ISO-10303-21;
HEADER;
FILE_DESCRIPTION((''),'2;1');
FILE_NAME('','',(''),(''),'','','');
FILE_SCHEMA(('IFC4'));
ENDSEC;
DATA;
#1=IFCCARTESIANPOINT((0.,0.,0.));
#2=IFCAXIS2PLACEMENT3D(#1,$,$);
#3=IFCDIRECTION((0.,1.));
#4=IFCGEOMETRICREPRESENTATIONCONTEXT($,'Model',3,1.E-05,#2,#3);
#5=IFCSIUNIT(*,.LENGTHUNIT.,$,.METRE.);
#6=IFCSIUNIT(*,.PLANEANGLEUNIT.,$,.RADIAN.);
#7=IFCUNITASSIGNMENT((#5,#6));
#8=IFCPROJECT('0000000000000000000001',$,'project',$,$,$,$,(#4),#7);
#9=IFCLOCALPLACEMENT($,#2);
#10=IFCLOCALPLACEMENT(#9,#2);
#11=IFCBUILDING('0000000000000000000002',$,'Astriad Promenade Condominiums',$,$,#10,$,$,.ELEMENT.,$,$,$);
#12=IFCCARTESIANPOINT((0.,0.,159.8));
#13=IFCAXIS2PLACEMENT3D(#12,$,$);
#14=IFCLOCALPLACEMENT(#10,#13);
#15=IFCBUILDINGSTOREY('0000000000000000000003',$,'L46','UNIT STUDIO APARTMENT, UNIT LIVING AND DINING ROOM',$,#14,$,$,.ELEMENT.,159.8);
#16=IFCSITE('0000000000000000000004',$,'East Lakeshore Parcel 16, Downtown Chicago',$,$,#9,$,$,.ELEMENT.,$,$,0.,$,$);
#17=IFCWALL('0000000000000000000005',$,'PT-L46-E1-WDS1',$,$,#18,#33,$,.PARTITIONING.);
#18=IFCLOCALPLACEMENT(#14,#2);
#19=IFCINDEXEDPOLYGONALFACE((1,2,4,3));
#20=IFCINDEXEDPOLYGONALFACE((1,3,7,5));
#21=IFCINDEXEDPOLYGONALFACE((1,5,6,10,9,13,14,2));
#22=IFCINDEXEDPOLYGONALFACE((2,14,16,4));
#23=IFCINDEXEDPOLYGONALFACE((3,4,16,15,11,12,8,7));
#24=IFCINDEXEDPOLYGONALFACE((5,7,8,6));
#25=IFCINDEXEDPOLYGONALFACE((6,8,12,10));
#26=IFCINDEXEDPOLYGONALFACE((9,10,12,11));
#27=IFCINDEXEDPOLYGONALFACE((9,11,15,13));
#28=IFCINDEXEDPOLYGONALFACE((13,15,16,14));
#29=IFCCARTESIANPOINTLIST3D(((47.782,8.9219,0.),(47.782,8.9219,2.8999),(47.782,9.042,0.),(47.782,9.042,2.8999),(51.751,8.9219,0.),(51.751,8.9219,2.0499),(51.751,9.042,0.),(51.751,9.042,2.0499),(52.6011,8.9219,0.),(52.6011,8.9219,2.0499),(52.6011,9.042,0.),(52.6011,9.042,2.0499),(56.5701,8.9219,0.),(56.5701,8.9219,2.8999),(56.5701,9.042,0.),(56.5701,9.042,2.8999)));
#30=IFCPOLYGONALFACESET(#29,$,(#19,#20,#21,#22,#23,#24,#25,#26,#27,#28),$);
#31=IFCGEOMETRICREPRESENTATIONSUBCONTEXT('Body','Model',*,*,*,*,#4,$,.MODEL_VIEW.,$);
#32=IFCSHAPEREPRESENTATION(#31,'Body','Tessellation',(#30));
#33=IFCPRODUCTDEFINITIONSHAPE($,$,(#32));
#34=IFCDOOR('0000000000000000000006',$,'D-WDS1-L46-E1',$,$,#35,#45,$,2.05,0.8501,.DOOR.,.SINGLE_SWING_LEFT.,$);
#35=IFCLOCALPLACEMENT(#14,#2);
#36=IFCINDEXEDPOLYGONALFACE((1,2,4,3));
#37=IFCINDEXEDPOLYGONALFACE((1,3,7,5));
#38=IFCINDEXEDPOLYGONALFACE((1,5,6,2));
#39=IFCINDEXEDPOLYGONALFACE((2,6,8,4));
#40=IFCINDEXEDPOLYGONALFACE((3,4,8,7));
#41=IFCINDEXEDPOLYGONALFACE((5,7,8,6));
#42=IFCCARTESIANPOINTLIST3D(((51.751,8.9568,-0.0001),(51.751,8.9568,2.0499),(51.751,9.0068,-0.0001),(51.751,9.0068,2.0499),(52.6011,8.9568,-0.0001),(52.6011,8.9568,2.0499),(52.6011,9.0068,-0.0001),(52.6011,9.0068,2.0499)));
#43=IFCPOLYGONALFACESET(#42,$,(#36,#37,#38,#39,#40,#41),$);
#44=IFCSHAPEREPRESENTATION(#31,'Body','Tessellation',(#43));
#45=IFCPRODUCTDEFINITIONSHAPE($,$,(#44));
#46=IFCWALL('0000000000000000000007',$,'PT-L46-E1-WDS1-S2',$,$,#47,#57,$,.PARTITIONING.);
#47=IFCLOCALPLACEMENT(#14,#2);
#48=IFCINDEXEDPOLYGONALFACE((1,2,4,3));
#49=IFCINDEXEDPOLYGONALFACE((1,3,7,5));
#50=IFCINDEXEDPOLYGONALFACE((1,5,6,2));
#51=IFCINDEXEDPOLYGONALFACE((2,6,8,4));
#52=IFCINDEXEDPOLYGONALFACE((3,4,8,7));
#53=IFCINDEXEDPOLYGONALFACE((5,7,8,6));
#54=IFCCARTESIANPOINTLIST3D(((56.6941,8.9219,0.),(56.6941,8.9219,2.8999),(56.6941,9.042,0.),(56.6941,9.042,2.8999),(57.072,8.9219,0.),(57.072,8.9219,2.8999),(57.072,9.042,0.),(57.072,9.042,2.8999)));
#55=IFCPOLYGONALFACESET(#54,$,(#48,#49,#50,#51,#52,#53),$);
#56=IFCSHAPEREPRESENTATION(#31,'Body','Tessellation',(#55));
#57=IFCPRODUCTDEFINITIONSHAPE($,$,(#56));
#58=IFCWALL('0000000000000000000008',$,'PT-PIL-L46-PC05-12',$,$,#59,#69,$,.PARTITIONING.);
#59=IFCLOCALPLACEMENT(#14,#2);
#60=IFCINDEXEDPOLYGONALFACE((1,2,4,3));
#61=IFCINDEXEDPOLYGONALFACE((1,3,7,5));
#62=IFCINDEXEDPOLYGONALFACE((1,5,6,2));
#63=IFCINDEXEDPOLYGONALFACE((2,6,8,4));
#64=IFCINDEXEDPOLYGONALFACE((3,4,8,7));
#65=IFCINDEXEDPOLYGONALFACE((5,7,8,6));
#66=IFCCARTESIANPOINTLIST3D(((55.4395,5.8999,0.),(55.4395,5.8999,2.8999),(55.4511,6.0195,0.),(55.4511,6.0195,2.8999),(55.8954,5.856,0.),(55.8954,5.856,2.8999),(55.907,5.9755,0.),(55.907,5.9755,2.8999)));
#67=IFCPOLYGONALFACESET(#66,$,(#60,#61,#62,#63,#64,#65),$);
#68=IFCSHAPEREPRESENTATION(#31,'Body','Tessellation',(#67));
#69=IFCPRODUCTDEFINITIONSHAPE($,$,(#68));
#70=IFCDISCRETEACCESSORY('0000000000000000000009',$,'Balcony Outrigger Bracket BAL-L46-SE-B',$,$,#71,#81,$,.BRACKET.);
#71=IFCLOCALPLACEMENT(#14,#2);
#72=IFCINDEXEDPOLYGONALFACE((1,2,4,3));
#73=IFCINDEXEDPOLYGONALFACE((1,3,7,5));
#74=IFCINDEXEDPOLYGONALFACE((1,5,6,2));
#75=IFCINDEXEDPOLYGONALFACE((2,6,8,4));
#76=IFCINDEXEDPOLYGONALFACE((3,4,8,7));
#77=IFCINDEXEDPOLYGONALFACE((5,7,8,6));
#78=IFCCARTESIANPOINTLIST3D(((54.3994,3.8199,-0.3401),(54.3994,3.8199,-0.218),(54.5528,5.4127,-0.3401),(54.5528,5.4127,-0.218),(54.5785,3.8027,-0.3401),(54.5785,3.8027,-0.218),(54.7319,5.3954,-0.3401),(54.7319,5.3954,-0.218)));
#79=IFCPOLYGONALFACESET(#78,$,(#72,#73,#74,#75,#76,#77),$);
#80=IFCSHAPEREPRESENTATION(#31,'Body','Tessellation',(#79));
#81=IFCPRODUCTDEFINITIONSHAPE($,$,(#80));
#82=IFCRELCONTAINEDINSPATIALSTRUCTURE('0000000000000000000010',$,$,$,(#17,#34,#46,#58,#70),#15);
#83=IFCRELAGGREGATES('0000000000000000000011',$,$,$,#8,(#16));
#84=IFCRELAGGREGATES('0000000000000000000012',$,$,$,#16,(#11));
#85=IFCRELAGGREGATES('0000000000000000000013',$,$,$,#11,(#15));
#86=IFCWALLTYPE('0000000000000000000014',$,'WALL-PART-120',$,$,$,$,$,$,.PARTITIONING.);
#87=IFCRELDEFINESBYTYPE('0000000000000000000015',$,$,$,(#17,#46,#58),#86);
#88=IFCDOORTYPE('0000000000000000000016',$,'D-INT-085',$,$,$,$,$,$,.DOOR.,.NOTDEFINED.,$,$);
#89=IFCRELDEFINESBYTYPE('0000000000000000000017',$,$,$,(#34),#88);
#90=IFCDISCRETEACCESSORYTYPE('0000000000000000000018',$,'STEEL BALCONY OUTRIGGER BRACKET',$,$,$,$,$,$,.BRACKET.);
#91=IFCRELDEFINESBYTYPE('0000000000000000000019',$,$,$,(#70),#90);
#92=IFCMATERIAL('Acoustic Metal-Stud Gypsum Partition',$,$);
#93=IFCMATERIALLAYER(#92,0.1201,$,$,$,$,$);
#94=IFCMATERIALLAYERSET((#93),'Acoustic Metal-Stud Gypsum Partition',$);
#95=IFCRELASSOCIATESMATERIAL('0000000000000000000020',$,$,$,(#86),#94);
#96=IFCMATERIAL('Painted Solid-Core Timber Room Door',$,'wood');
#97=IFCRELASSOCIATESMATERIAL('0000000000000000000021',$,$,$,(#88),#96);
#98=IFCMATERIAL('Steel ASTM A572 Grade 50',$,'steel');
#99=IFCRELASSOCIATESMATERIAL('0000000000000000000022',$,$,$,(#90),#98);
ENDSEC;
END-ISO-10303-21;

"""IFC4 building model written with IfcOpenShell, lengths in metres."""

from ifc_helpers import new_model, si_unit, direction, frame, frame_2d, origin, origin_2d, place, context, subcontext, project, spatial, rectangle, extrude, source, transform, mapped, material, layer, layer_set, type_object, type_shapes, element, fill, save


model = new_model("IFC4")

# Units and contexts
model_context = context("Model", 3, precision=1e-05, world=origin(), true_north=direction((0.0, 1.0)))
body_context = subcontext(model_context, "Body", "Model", "MODEL_VIEW")
ifc_project = project(units=[si_unit("LENGTHUNIT", "METRE"), si_unit("PLANEANGLEUNIT", "RADIAN")], contexts=[model_context])

# Site, building, storey
site_placement = place(None, origin())
site = spatial("IfcSite", under=ifc_project, at=site_placement, Name="East Lakeshore Parcel 16, Downtown Chicago", CompositionType="ELEMENT", RefElevation=0.0)
building_placement = place(site_placement, origin())
building = spatial("IfcBuilding", under=site, at=building_placement, Name="Astriad Promenade Condominiums", CompositionType="ELEMENT")
storey_placement = place(building_placement, frame((0.0, 0.0, 159.8)))
storey = spatial("IfcBuildingStorey", under=building, at=storey_placement, Name="L46", Description="UNIT STUDIO APARTMENT, UNIT LIVING AND DINING ROOM", CompositionType="ELEMENT", Elevation=159.8)

# Wall, opening, door
ifc_material_1 = material(Name="Acoustic Metal-Stud Gypsum Partition")
ifc_layer_1 = layer(ifc_material_1, 0.1201)
ifc_layer_set_1 = layer_set([ifc_layer_1], Name="Acoustic Metal-Stud Gypsum Partition")
wall_type_1 = type_object("IfcWallType", Name="WALL-PART-120", PredefinedType="PARTITIONING", material=ifc_layer_set_1)
ifc_material_2 = material(Name="Painted Solid-Core Timber Room Door", Category="wood")
door_type_1 = type_object("IfcDoorType", Name="D-INT-085", OperationType="NOTDEFINED", PredefinedType="DOOR", material=ifc_material_2)
shared_shape_1 = source(origin(), body_context, "Body", "SweptSolid", [
    extrude(rectangle(XDim=0.8501, YDim=2.05, at=frame_2d((0.425, 1.0249))), frame((0.0, 0.0249, 0.0), z_axis=(0.0, -1.0, 0.0), x_axis=(1.0, 0.0, 0.0)), (0.0, 0.0, 1.0), 0.05),
])
type_shapes(door_type_1, [shared_shape_1])
wall_1_placement = place(storey_placement, frame((47.782, 8.9819, 0.0), z_axis=(0.0, 0.0, 1.0), x_axis=(1.0, 0.0, 0.0)))
wall_1 = element("IfcWall", 1, at=wall_1_placement, inside=storey, type_object=wall_type_1, Name="PT-L46-E1-WDS1", PredefinedType="PARTITIONING", context=body_context, shape_type="SweptSolid", body=[
    extrude(rectangle(XDim=8.7881, YDim=0.1201, at=frame_2d((4.394, 0.0))), origin(), (0.0, 0.0, 1.0), 2.8999),
])
opening_1_placement = place(wall_1_placement, frame((3.969, 0.0, 0.0)))
opening_1 = element("IfcOpeningElement", 2, at=opening_1_placement, cuts=wall_1, PredefinedType="OPENING", context=body_context, shape_type="SweptSolid", body=[
    extrude(rectangle(XDim=0.8501, YDim=2.05, at=frame_2d((0.425, 1.0249))), frame((0.0, 0.0701, 0.0), z_axis=(0.0, -1.0, 0.0), x_axis=(1.0, 0.0, 0.0)), (0.0, 0.0, 1.0), 0.1401),
])
door_1_placement = place(opening_1_placement, origin())
door_1 = element("IfcDoor", 3, at=door_1_placement, inside=storey, type_object=door_type_1, Name="D-WDS1-L46-E1", OperationType="SINGLE_SWING_LEFT", OverallHeight=2.05, OverallWidth=0.8501, PredefinedType="DOOR", context=body_context, shape_type="MappedRepresentation", body=[
    mapped(shared_shape_1, transform((0.0, 0.0, 0.0), scale=1.0)),
])
fill(opening_1, door_1)

# Walls
wall_2_placement = place(storey_placement, frame((56.6941, 8.9819, 0.0), z_axis=(0.0, 0.0, 1.0), x_axis=(1.0, 0.0, 0.0)))
element("IfcWall", 4, at=wall_2_placement, inside=storey, type_object=wall_type_1, Name="PT-L46-E1-WDS1-S2", PredefinedType="PARTITIONING", context=body_context, shape_type="SweptSolid", body=[
    extrude(rectangle(XDim=0.3779, YDim=0.1201, at=frame_2d((0.189, 0.0))), origin(), (0.0, 0.0, 1.0), 2.8999),
])
wall_3_placement = place(storey_placement, frame((55.4453, 5.9597, 0.0), z_axis=(0.0, 0.0, 1.0), x_axis=(0.995385, -0.095966, 0.0)))
element("IfcWall", 5, at=wall_3_placement, inside=storey, type_object=wall_type_1, Name="PT-PIL-L46-PC05-12", PredefinedType="PARTITIONING", context=body_context, shape_type="SweptSolid", body=[
    extrude(rectangle(XDim=0.458, YDim=0.1201, at=frame_2d((0.229, 0.0))), origin(), (0.0, 0.0, 1.0), 2.8999),
])

# Discrete accessory
ifc_material_3 = material(Name="Steel ASTM A572 Grade 50", Category="steel")
discrete_accessory_type = type_object("IfcDiscreteAccessoryType", Name="STEEL BALCONY OUTRIGGER BRACKET", PredefinedType="BRACKET", material=ifc_material_3)
shared_shape_2 = source(origin(), body_context, "Body", "SweptSolid", [
    extrude(rectangle(XDim=1.6001, YDim=0.1799, at=origin_2d()), origin(), (0.0, 0.0, 1.0), 0.1221),
])
type_shapes(discrete_accessory_type, [shared_shape_2])
discrete_accessory_placement = place(storey_placement, frame((54.5657, 4.6077, -0.3401), z_axis=(0.0, 0.0, 1.0), x_axis=(-0.095846, -0.995396, 0.0)))
element("IfcDiscreteAccessory", 6, at=discrete_accessory_placement, inside=storey, type_object=discrete_accessory_type, Name="Balcony Outrigger Bracket BAL-L46-SE-B", PredefinedType="BRACKET", context=body_context, shape_type="MappedRepresentation", body=[
    mapped(shared_shape_2, transform((0.0, 0.0, 0.0), scale=1.0)),
])

save(model, "model.ifc")
